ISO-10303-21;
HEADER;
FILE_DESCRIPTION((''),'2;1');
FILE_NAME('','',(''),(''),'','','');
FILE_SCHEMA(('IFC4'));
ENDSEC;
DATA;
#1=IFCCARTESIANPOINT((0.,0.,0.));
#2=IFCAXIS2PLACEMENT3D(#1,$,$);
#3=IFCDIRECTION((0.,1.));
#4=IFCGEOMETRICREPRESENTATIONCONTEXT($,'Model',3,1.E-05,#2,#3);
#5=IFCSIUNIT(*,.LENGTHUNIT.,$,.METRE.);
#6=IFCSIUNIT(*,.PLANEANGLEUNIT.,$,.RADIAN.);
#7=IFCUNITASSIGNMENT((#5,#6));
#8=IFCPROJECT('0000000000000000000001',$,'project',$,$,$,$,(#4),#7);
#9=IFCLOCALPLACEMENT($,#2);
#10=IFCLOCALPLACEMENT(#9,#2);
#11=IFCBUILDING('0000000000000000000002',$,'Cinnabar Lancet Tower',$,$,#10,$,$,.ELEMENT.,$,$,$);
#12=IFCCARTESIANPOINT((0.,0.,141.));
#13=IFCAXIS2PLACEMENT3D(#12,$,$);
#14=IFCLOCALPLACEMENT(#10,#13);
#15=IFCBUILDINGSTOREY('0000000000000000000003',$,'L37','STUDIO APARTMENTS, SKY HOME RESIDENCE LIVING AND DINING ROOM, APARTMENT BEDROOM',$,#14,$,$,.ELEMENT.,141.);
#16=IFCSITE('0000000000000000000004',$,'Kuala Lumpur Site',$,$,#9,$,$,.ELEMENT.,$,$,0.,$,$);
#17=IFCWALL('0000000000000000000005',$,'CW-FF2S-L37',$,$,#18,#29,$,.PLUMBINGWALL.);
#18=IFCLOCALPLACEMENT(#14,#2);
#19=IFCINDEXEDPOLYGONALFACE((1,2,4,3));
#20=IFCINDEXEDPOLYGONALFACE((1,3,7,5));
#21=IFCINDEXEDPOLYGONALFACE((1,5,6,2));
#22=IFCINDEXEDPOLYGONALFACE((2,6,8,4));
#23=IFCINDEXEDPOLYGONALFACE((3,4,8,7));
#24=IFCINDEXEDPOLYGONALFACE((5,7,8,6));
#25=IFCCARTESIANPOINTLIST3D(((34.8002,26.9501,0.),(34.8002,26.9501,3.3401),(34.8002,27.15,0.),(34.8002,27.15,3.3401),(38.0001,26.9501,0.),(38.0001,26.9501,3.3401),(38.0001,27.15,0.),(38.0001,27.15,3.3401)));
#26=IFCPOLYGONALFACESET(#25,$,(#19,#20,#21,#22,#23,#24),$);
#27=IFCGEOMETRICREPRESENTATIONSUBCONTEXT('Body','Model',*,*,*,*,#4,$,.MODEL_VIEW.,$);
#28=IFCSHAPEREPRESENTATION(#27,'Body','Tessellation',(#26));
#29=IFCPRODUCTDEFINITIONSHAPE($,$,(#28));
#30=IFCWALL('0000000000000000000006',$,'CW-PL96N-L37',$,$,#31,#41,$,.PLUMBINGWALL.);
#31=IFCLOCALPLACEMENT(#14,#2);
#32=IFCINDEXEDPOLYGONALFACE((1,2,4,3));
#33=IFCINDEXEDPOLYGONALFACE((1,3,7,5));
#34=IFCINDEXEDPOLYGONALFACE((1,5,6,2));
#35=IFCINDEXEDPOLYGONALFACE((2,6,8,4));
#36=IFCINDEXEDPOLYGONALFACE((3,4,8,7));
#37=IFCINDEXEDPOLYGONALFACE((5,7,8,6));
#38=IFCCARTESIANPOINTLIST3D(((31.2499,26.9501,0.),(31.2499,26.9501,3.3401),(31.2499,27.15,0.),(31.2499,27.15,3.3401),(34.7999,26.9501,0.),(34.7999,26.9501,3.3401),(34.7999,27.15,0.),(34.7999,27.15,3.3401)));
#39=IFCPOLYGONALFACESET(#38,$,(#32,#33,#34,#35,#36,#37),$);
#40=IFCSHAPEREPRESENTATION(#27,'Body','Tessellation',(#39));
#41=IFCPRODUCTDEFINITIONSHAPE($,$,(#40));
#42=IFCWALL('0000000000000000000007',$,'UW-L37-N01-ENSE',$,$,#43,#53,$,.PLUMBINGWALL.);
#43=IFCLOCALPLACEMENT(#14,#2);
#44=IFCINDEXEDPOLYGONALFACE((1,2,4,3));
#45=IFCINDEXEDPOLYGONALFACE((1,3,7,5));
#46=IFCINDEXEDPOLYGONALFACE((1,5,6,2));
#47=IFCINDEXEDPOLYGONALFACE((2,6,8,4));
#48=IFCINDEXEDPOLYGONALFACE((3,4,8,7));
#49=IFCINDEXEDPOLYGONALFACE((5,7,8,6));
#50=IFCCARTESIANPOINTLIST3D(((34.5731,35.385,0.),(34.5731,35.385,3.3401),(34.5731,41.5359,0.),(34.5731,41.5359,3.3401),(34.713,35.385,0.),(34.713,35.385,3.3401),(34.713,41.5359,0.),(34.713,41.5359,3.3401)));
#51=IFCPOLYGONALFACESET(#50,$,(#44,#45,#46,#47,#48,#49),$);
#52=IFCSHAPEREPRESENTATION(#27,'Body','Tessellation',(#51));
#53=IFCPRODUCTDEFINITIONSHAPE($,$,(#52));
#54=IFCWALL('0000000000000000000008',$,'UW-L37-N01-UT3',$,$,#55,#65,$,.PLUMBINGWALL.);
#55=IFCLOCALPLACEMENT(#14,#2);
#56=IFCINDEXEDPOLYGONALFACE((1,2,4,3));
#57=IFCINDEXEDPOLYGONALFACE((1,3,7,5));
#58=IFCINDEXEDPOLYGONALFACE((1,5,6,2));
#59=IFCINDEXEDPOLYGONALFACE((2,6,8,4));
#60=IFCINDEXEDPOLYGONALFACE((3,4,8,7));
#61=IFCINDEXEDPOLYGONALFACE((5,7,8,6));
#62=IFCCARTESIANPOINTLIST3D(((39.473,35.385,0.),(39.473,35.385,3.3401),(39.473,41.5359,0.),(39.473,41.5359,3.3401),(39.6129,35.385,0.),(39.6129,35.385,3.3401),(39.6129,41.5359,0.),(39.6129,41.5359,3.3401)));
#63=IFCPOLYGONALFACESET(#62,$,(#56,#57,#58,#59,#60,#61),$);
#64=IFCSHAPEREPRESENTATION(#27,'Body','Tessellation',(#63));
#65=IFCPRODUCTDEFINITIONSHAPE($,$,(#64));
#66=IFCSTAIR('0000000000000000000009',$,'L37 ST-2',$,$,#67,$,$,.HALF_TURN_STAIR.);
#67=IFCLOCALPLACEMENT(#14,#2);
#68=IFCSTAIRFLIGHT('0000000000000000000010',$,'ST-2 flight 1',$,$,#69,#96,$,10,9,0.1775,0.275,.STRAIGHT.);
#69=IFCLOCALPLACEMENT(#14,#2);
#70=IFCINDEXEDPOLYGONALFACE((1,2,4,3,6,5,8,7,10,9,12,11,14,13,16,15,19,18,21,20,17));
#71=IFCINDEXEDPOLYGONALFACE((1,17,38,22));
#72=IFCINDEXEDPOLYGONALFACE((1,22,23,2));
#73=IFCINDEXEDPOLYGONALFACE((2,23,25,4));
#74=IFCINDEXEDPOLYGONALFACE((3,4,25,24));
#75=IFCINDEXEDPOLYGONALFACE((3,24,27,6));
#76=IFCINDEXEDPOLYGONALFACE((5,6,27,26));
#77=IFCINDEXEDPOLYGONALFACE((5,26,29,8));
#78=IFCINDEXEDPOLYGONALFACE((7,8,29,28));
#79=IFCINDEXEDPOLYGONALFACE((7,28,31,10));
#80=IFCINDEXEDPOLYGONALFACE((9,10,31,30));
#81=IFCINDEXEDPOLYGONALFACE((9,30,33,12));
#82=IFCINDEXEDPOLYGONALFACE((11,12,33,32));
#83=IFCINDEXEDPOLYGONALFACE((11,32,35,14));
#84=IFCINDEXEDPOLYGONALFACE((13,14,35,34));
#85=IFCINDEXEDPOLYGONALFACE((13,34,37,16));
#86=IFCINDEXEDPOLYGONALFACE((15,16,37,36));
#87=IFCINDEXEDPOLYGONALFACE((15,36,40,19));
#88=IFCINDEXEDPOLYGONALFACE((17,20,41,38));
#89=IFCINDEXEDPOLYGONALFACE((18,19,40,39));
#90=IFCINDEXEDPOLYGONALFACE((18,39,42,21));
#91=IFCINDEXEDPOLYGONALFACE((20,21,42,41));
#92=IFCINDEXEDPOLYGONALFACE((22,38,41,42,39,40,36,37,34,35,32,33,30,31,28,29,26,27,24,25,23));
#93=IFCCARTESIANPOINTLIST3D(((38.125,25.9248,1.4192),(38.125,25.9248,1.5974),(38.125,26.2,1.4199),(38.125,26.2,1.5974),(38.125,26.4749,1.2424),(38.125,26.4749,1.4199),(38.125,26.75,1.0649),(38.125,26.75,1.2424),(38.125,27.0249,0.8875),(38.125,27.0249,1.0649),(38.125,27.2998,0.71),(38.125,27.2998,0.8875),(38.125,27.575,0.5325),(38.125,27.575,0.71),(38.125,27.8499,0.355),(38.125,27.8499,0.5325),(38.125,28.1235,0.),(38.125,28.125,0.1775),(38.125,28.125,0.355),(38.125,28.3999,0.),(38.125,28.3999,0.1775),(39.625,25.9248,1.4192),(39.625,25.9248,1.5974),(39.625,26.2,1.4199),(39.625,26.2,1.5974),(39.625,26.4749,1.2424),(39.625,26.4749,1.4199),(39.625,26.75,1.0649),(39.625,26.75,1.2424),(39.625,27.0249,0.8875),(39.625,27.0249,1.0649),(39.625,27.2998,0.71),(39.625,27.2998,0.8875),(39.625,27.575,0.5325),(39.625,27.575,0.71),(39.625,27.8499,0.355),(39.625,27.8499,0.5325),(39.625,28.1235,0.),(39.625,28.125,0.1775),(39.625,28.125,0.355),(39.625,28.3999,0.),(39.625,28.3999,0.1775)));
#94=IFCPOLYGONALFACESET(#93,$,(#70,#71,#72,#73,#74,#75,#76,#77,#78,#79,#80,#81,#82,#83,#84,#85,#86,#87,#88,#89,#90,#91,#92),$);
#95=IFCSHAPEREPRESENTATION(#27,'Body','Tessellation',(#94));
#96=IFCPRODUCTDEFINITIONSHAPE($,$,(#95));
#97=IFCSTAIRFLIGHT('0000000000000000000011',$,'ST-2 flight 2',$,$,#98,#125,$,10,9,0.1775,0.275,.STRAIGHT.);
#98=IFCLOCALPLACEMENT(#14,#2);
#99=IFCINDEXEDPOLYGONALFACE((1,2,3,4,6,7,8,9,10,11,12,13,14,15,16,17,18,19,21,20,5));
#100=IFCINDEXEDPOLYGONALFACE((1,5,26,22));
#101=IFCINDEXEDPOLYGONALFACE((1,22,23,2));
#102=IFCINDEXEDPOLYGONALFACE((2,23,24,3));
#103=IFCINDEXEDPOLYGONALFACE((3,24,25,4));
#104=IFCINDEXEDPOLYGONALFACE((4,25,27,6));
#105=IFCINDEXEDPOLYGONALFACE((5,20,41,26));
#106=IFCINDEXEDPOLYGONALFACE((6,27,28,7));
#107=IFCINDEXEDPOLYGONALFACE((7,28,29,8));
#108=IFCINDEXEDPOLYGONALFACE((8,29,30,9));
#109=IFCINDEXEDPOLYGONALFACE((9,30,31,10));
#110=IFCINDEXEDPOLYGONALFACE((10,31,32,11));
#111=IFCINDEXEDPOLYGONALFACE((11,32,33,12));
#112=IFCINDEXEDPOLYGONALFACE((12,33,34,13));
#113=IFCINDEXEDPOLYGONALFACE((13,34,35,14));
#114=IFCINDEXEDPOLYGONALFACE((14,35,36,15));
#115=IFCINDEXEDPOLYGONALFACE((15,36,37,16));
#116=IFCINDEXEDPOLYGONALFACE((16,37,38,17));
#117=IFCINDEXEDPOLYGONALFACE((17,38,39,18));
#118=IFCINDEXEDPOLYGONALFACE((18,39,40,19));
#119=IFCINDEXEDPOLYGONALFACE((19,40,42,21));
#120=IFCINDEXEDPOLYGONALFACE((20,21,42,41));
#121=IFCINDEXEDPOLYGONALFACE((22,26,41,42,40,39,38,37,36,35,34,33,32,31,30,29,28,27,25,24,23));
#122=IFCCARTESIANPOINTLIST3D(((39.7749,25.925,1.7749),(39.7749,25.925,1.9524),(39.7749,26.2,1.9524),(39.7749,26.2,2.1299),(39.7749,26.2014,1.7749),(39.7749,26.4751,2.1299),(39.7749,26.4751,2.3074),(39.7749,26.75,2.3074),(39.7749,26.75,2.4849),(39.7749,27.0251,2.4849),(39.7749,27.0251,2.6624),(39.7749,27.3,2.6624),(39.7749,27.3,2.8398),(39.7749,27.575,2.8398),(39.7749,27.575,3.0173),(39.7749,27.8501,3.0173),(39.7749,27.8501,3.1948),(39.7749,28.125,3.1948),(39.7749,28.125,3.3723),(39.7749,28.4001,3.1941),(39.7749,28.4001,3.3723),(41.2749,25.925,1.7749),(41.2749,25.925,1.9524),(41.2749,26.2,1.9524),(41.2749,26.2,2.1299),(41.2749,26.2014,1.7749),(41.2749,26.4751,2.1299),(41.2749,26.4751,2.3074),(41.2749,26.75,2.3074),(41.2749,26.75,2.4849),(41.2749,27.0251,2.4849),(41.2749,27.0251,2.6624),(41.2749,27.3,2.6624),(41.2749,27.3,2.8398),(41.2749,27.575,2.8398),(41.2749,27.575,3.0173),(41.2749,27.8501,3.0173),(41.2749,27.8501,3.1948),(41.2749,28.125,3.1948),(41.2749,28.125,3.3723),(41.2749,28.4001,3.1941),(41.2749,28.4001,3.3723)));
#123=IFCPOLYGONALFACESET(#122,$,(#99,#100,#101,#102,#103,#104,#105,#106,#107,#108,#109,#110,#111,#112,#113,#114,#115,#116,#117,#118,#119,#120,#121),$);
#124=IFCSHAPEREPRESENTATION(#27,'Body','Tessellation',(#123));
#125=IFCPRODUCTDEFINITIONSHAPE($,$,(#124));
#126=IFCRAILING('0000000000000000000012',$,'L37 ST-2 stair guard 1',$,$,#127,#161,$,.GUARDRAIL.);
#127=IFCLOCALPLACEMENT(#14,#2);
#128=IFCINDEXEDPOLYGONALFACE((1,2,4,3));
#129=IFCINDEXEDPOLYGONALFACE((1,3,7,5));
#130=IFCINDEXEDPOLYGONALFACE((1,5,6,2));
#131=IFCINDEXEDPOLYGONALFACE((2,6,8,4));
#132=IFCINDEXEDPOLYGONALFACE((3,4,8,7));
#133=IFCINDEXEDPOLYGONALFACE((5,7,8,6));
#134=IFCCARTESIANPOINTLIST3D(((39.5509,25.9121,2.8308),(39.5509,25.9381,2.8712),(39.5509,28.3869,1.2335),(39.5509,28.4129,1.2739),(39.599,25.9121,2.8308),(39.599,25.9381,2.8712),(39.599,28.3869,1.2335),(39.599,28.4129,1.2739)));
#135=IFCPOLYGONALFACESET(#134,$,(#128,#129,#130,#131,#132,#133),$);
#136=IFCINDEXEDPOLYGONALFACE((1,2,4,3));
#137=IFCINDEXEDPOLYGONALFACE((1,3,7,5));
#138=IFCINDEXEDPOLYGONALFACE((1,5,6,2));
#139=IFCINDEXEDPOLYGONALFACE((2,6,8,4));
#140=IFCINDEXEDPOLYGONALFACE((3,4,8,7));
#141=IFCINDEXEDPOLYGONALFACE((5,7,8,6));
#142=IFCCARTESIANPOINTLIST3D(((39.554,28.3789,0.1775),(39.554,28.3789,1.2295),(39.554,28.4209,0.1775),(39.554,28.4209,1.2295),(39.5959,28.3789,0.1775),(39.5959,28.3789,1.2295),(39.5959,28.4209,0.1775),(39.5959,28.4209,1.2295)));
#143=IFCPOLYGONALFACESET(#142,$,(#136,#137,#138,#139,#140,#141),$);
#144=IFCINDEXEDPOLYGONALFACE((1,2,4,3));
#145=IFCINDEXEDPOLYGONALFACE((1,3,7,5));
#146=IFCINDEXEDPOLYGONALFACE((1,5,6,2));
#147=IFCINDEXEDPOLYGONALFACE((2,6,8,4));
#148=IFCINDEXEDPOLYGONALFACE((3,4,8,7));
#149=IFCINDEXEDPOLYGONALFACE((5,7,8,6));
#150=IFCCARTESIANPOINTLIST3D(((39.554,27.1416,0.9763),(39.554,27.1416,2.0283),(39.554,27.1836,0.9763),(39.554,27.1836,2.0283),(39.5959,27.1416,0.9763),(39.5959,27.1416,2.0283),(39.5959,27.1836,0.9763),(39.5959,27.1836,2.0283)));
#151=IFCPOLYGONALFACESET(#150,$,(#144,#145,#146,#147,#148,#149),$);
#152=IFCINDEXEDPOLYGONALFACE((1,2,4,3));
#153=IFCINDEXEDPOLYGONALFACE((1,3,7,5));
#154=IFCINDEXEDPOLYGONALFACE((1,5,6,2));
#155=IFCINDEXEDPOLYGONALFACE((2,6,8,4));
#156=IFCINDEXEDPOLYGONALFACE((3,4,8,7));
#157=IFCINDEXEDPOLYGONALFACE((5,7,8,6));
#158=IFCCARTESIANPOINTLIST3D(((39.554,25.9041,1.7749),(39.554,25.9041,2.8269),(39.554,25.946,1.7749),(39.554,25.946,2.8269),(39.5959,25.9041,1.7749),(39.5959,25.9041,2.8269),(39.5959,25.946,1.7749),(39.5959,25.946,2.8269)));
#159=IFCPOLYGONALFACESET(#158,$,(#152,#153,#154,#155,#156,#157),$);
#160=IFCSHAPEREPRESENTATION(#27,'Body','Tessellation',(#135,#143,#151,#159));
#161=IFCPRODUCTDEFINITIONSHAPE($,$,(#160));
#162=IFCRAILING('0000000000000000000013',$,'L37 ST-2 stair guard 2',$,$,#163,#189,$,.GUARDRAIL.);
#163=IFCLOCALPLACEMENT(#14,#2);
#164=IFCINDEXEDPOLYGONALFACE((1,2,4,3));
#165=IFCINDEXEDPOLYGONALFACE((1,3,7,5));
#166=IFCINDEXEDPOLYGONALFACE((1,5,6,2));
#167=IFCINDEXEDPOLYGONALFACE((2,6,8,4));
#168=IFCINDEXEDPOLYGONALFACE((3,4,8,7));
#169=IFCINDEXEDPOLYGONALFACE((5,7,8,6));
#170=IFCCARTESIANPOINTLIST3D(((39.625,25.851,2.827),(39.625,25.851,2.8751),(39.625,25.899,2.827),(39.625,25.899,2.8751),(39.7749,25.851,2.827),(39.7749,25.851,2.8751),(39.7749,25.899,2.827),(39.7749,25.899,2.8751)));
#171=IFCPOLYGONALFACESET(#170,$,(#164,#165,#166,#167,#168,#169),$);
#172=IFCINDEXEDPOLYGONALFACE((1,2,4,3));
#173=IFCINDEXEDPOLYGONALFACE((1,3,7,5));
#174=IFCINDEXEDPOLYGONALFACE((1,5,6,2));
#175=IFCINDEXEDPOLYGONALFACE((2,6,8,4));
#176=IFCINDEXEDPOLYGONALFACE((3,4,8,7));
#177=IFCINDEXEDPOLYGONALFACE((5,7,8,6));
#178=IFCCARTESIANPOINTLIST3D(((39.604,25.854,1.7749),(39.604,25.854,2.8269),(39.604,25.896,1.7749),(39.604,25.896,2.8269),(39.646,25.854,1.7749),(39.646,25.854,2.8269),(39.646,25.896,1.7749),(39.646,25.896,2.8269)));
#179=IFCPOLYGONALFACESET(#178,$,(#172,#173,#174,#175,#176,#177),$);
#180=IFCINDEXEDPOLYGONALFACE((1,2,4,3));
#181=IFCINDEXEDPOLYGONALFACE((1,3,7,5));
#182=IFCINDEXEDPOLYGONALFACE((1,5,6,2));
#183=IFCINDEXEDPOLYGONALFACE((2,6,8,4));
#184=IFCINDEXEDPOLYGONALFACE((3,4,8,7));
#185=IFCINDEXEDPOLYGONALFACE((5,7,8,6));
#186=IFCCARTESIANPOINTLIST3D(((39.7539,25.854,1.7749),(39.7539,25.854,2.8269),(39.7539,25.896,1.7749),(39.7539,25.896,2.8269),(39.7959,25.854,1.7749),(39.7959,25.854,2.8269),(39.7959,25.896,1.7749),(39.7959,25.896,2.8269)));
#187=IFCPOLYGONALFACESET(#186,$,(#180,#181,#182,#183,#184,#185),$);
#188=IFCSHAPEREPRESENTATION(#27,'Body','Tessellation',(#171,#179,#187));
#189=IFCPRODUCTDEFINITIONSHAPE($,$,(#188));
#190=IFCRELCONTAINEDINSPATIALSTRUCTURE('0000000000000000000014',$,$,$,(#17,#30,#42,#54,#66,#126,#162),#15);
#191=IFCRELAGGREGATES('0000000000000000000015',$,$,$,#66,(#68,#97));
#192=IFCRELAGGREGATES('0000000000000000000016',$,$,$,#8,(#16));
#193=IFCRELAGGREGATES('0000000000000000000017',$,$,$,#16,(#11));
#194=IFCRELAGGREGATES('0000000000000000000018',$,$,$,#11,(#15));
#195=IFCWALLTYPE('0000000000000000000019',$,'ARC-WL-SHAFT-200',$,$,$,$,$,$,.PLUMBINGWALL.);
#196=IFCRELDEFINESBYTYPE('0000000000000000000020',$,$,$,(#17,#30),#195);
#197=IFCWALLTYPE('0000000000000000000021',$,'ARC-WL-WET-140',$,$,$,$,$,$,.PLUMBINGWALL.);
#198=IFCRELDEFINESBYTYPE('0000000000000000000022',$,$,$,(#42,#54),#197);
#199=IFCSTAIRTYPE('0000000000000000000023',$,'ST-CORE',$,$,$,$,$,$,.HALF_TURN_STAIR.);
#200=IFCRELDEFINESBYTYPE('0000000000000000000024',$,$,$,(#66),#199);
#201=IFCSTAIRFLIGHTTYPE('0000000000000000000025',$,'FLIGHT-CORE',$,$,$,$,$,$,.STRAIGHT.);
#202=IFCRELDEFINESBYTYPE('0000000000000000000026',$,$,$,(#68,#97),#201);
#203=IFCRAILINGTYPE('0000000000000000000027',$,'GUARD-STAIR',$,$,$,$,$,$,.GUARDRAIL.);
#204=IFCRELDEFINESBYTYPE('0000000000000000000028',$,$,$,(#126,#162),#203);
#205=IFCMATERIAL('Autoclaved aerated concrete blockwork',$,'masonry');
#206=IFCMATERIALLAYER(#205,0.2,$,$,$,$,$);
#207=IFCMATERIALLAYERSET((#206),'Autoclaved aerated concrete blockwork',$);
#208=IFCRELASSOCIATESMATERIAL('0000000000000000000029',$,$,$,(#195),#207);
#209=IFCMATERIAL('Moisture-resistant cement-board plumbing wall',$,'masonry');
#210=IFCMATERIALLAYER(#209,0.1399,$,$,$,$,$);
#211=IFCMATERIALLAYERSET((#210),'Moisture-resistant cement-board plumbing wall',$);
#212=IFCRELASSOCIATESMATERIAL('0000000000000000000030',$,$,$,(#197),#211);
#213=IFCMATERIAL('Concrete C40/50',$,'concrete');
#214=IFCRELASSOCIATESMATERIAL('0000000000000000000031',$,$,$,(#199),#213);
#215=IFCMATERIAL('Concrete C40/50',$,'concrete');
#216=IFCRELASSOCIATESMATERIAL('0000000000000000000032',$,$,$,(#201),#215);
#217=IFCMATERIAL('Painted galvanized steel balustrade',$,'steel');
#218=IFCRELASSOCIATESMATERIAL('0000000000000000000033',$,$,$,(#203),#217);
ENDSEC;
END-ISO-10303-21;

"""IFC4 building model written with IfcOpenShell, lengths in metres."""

from ifc_helpers import new_model, si_unit, direction, frame, frame_2d, origin, origin_2d, place, context, subcontext, project, spatial, polyline, rectangle, outline, extrude, material, layer, layer_set, type_object, element, aggregate, save


model = new_model("IFC4")

# Units and contexts
model_context = context("Model", 3, precision=1e-05, world=origin(), true_north=direction((0.0, 1.0)))
body_context = subcontext(model_context, "Body", "Model", "MODEL_VIEW")
ifc_project = project(units=[si_unit("LENGTHUNIT", "METRE"), si_unit("PLANEANGLEUNIT", "RADIAN")], contexts=[model_context])

# Site, building, storey
site_placement = place(None, origin())
site = spatial("IfcSite", under=ifc_project, at=site_placement, Name="Kuala Lumpur Site", CompositionType="ELEMENT", RefElevation=0.0)
building_placement = place(site_placement, origin())
building = spatial("IfcBuilding", under=site, at=building_placement, Name="Cinnabar Lancet Tower", CompositionType="ELEMENT")
storey_placement = place(building_placement, frame((0.0, 0.0, 141.0)))
storey = spatial("IfcBuildingStorey", under=building, at=storey_placement, Name="L37", Description="STUDIO APARTMENTS, SKY HOME RESIDENCE LIVING AND DINING ROOM, APARTMENT BEDROOM", CompositionType="ELEMENT", Elevation=141.0)

# Shared definitions
ifc_material_1 = material(Name="Autoclaved aerated concrete blockwork", Category="masonry")
ifc_layer_1 = layer(ifc_material_1, 0.2)
ifc_layer_set_1 = layer_set([ifc_layer_1], Name="Autoclaved aerated concrete blockwork")
wall_type_1 = type_object("IfcWallType", Name="ARC-WL-SHAFT-200", PredefinedType="PLUMBINGWALL", material=ifc_layer_set_1)

# Walls
wall_1_placement = place(storey_placement, frame((34.8, 27.05, 0.0), z_axis=(0.0, 0.0, 1.0), x_axis=(1.0, 0.0, 0.0)))
element("IfcWall", 1, at=wall_1_placement, inside=storey, type_object=wall_type_1, Name="CW-FF2S-L37", PredefinedType="PLUMBINGWALL", context=body_context, shape_type="SweptSolid", body=[
    extrude(rectangle(XDim=3.2, YDim=0.2, at=frame_2d((1.6001, 0.0))), origin(), (0.0, 0.0, 1.0), 3.3401),
])
wall_2_placement = place(storey_placement, frame((31.25, 27.05, 0.0), z_axis=(0.0, 0.0, 1.0), x_axis=(1.0, 0.0, 0.0)))
element("IfcWall", 2, at=wall_2_placement, inside=storey, type_object=wall_type_1, Name="CW-PL96N-L37", PredefinedType="PLUMBINGWALL", context=body_context, shape_type="SweptSolid", body=[
    extrude(rectangle(XDim=3.55, YDim=0.2, at=frame_2d((1.7749, 0.0))), origin(), (0.0, 0.0, 1.0), 3.3401),
])
ifc_material_2 = material(Name="Moisture-resistant cement-board plumbing wall", Category="masonry")
ifc_layer_2 = layer(ifc_material_2, 0.1399)
ifc_layer_set_2 = layer_set([ifc_layer_2], Name="Moisture-resistant cement-board plumbing wall")
wall_type_2 = type_object("IfcWallType", Name="ARC-WL-WET-140", PredefinedType="PLUMBINGWALL", material=ifc_layer_set_2)
for number, where, z_axis, x_axis, name in (
    (3, (34.6431, 35.385, 0.0), (0.0, 0.0, 1.0), (0.0, 1.0, 0.0), "UW-L37-N01-ENSE"),
    (4, (39.543, 35.385, 0.0), (0.0, 0.0, 1.0), (0.0, 1.0, 0.0), "UW-L37-N01-UT3"),
):
    element("IfcWall", number, at=place(storey_placement, frame(where, z_axis=z_axis, x_axis=x_axis)), inside=storey, type_object=wall_type_2, Name=name, PredefinedType="PLUMBINGWALL", context=body_context, shape_type="SweptSolid", body=[
        extrude(rectangle(XDim=6.1509, YDim=0.1399, at=frame_2d((3.0754, 0.0))), origin(), (0.0, 0.0, 1.0), 3.3401),
    ])

# Stair, stair flights
ifc_material_3 = material(Name="Concrete C40/50", Category="concrete")
stair_type = type_object("IfcStairType", Name="ST-CORE", PredefinedType="HALF_TURN_STAIR", material=ifc_material_3)
stair_placement = place(storey_placement, origin())
stair = element("IfcStair", 5, at=stair_placement, inside=storey, type_object=stair_type, Name="L37 ST-2", PredefinedType="HALF_TURN_STAIR")
ifc_material_4 = material(Name="Concrete C40/50", Category="concrete")
stair_flight_type = type_object("IfcStairFlightType", Name="FLIGHT-CORE", PredefinedType="STRAIGHT", material=ifc_material_4)
stair_flight_1_placement = place(storey_placement, frame((38.875, 28.3999, 0.0), z_axis=(0.0, 0.0, 1.0), x_axis=(0.0, -1.0, 0.0)))
stair_flight_1 = element("IfcStairFlight", 6, at=stair_flight_1_placement, type_object=stair_flight_type, Name="ST-2 flight 1", NumberOfRisers=10, NumberOfTreads=9, PredefinedType="STRAIGHT", RiserHeight=0.1775, TreadLength=0.275, context=body_context, shape_type="SweptSolid", body=[
    extrude(outline(polyline([(0.0, 0.0), (0.0, 0.1775), (0.2749, 0.1775), (0.2749, 0.355), (0.55, 0.355), (0.55, 0.5325), (0.825, 0.5325), (0.825, 0.71), (1.1001, 0.71), (1.1001, 0.8875), (1.375, 0.8875), (1.375, 1.0649), (1.6499, 1.0649), (1.6499, 1.2424), (1.925, 1.2424), (1.925, 1.4199), (2.2, 1.4199), (2.2, 1.5974), (2.4751, 1.5974), (2.4751, 1.7749), (2.4751, 1.4192), (0.2764, 0.0), (0.0, 0.0)])), frame((0.0, 0.75, 0.0), z_axis=(0.0, -1.0, 0.0), x_axis=(1.0, 0.0, 0.0)), (0.0, 0.0, 1.0), 1.5),
])
stair_flight_2_placement = place(storey_placement, frame((40.5249, 25.925, 1.7749), z_axis=(0.0, 0.0, 1.0), x_axis=(0.0, 1.0, 0.0)))
stair_flight_2 = element("IfcStairFlight", 7, at=stair_flight_2_placement, type_object=stair_flight_type, Name="ST-2 flight 2", NumberOfRisers=10, NumberOfTreads=9, PredefinedType="STRAIGHT", RiserHeight=0.1775, TreadLength=0.275, context=body_context, shape_type="SweptSolid", body=[
    extrude(outline(polyline([(0.0, 0.0), (0.0, 0.1775), (0.2749, 0.1775), (0.2749, 0.355), (0.55, 0.355), (0.55, 0.5325), (0.825, 0.5325), (0.825, 0.71), (1.1001, 0.71), (1.1001, 0.8875), (1.375, 0.8875), (1.375, 1.0649), (1.6499, 1.0649), (1.6499, 1.2424), (1.925, 1.2424), (1.925, 1.4199), (2.2, 1.4199), (2.2, 1.5974), (2.4751, 1.5974), (2.4751, 1.7749), (2.4751, 1.4192), (0.2764, 0.0), (0.0, 0.0)])), frame((0.0, 0.75, 0.0), z_axis=(0.0, -1.0, 0.0), x_axis=(1.0, 0.0, 0.0)), (0.0, 0.0, 1.0), 1.5),
])
aggregate(stair, [stair_flight_1, stair_flight_2])

# Railings
ifc_material_5 = material(Name="Painted galvanized steel balustrade", Category="steel")
railing_type_1 = type_object("IfcRailingType", Name="GUARD-STAIR", PredefinedType="GUARDRAIL", material=ifc_material_5)
railing_1_placement = place(storey_placement, frame((39.575, 28.3999, 0.1775)))
element("IfcRailing", 8, at=railing_1_placement, inside=storey, type_object=railing_type_1, Name="L37 ST-2 stair guard 1", PredefinedType="GUARDRAIL", context=body_context, shape_type="SweptSolid", body=[
    extrude(rectangle(XDim=0.0481, YDim=0.0481, at=origin_2d()), frame((0.0, 0.0, 1.0762), z_axis=(0.0, -0.840183, 0.542302), x_axis=(1.0, 0.0, 0.0)), (0.0, 0.0, 1.0), 2.9456),
    extrude(rectangle(XDim=0.042, YDim=0.042, at=origin_2d()), origin(), (0.0, 0.0, 1.0), 1.052),
    extrude(rectangle(XDim=0.042, YDim=0.042, at=origin_2d()), frame((0.0, -1.2373, 0.7988)), (0.0, 0.0, 1.0), 1.052),
    extrude(rectangle(XDim=0.042, YDim=0.042, at=origin_2d()), frame((0.0, -2.4749, 1.5974)), (0.0, 0.0, 1.0), 1.052),
])
railing_2_placement = place(storey_placement, frame((39.625, 25.875, 1.7749)))
element("IfcRailing", 9, at=railing_2_placement, inside=storey, type_object=railing_type_1, Name="L37 ST-2 stair guard 2", PredefinedType="GUARDRAIL", context=body_context, shape_type="SweptSolid", body=[
    extrude(rectangle(XDim=0.0481, YDim=0.0481, at=origin_2d()), frame((0.0, 0.0, 1.0762), z_axis=(1.0, 0.0, 0.0), x_axis=(0.0, 1.0, 0.0)), (0.0, 0.0, 1.0), 0.1499),
    extrude(rectangle(XDim=0.042, YDim=0.042, at=origin_2d()), origin(), (0.0, 0.0, 1.0), 1.052),
    extrude(rectangle(XDim=0.042, YDim=0.042, at=origin_2d()), frame((0.1499, 0.0, 0.0)), (0.0, 0.0, 1.0), 1.052),
])

save(model, "model.ifc")
